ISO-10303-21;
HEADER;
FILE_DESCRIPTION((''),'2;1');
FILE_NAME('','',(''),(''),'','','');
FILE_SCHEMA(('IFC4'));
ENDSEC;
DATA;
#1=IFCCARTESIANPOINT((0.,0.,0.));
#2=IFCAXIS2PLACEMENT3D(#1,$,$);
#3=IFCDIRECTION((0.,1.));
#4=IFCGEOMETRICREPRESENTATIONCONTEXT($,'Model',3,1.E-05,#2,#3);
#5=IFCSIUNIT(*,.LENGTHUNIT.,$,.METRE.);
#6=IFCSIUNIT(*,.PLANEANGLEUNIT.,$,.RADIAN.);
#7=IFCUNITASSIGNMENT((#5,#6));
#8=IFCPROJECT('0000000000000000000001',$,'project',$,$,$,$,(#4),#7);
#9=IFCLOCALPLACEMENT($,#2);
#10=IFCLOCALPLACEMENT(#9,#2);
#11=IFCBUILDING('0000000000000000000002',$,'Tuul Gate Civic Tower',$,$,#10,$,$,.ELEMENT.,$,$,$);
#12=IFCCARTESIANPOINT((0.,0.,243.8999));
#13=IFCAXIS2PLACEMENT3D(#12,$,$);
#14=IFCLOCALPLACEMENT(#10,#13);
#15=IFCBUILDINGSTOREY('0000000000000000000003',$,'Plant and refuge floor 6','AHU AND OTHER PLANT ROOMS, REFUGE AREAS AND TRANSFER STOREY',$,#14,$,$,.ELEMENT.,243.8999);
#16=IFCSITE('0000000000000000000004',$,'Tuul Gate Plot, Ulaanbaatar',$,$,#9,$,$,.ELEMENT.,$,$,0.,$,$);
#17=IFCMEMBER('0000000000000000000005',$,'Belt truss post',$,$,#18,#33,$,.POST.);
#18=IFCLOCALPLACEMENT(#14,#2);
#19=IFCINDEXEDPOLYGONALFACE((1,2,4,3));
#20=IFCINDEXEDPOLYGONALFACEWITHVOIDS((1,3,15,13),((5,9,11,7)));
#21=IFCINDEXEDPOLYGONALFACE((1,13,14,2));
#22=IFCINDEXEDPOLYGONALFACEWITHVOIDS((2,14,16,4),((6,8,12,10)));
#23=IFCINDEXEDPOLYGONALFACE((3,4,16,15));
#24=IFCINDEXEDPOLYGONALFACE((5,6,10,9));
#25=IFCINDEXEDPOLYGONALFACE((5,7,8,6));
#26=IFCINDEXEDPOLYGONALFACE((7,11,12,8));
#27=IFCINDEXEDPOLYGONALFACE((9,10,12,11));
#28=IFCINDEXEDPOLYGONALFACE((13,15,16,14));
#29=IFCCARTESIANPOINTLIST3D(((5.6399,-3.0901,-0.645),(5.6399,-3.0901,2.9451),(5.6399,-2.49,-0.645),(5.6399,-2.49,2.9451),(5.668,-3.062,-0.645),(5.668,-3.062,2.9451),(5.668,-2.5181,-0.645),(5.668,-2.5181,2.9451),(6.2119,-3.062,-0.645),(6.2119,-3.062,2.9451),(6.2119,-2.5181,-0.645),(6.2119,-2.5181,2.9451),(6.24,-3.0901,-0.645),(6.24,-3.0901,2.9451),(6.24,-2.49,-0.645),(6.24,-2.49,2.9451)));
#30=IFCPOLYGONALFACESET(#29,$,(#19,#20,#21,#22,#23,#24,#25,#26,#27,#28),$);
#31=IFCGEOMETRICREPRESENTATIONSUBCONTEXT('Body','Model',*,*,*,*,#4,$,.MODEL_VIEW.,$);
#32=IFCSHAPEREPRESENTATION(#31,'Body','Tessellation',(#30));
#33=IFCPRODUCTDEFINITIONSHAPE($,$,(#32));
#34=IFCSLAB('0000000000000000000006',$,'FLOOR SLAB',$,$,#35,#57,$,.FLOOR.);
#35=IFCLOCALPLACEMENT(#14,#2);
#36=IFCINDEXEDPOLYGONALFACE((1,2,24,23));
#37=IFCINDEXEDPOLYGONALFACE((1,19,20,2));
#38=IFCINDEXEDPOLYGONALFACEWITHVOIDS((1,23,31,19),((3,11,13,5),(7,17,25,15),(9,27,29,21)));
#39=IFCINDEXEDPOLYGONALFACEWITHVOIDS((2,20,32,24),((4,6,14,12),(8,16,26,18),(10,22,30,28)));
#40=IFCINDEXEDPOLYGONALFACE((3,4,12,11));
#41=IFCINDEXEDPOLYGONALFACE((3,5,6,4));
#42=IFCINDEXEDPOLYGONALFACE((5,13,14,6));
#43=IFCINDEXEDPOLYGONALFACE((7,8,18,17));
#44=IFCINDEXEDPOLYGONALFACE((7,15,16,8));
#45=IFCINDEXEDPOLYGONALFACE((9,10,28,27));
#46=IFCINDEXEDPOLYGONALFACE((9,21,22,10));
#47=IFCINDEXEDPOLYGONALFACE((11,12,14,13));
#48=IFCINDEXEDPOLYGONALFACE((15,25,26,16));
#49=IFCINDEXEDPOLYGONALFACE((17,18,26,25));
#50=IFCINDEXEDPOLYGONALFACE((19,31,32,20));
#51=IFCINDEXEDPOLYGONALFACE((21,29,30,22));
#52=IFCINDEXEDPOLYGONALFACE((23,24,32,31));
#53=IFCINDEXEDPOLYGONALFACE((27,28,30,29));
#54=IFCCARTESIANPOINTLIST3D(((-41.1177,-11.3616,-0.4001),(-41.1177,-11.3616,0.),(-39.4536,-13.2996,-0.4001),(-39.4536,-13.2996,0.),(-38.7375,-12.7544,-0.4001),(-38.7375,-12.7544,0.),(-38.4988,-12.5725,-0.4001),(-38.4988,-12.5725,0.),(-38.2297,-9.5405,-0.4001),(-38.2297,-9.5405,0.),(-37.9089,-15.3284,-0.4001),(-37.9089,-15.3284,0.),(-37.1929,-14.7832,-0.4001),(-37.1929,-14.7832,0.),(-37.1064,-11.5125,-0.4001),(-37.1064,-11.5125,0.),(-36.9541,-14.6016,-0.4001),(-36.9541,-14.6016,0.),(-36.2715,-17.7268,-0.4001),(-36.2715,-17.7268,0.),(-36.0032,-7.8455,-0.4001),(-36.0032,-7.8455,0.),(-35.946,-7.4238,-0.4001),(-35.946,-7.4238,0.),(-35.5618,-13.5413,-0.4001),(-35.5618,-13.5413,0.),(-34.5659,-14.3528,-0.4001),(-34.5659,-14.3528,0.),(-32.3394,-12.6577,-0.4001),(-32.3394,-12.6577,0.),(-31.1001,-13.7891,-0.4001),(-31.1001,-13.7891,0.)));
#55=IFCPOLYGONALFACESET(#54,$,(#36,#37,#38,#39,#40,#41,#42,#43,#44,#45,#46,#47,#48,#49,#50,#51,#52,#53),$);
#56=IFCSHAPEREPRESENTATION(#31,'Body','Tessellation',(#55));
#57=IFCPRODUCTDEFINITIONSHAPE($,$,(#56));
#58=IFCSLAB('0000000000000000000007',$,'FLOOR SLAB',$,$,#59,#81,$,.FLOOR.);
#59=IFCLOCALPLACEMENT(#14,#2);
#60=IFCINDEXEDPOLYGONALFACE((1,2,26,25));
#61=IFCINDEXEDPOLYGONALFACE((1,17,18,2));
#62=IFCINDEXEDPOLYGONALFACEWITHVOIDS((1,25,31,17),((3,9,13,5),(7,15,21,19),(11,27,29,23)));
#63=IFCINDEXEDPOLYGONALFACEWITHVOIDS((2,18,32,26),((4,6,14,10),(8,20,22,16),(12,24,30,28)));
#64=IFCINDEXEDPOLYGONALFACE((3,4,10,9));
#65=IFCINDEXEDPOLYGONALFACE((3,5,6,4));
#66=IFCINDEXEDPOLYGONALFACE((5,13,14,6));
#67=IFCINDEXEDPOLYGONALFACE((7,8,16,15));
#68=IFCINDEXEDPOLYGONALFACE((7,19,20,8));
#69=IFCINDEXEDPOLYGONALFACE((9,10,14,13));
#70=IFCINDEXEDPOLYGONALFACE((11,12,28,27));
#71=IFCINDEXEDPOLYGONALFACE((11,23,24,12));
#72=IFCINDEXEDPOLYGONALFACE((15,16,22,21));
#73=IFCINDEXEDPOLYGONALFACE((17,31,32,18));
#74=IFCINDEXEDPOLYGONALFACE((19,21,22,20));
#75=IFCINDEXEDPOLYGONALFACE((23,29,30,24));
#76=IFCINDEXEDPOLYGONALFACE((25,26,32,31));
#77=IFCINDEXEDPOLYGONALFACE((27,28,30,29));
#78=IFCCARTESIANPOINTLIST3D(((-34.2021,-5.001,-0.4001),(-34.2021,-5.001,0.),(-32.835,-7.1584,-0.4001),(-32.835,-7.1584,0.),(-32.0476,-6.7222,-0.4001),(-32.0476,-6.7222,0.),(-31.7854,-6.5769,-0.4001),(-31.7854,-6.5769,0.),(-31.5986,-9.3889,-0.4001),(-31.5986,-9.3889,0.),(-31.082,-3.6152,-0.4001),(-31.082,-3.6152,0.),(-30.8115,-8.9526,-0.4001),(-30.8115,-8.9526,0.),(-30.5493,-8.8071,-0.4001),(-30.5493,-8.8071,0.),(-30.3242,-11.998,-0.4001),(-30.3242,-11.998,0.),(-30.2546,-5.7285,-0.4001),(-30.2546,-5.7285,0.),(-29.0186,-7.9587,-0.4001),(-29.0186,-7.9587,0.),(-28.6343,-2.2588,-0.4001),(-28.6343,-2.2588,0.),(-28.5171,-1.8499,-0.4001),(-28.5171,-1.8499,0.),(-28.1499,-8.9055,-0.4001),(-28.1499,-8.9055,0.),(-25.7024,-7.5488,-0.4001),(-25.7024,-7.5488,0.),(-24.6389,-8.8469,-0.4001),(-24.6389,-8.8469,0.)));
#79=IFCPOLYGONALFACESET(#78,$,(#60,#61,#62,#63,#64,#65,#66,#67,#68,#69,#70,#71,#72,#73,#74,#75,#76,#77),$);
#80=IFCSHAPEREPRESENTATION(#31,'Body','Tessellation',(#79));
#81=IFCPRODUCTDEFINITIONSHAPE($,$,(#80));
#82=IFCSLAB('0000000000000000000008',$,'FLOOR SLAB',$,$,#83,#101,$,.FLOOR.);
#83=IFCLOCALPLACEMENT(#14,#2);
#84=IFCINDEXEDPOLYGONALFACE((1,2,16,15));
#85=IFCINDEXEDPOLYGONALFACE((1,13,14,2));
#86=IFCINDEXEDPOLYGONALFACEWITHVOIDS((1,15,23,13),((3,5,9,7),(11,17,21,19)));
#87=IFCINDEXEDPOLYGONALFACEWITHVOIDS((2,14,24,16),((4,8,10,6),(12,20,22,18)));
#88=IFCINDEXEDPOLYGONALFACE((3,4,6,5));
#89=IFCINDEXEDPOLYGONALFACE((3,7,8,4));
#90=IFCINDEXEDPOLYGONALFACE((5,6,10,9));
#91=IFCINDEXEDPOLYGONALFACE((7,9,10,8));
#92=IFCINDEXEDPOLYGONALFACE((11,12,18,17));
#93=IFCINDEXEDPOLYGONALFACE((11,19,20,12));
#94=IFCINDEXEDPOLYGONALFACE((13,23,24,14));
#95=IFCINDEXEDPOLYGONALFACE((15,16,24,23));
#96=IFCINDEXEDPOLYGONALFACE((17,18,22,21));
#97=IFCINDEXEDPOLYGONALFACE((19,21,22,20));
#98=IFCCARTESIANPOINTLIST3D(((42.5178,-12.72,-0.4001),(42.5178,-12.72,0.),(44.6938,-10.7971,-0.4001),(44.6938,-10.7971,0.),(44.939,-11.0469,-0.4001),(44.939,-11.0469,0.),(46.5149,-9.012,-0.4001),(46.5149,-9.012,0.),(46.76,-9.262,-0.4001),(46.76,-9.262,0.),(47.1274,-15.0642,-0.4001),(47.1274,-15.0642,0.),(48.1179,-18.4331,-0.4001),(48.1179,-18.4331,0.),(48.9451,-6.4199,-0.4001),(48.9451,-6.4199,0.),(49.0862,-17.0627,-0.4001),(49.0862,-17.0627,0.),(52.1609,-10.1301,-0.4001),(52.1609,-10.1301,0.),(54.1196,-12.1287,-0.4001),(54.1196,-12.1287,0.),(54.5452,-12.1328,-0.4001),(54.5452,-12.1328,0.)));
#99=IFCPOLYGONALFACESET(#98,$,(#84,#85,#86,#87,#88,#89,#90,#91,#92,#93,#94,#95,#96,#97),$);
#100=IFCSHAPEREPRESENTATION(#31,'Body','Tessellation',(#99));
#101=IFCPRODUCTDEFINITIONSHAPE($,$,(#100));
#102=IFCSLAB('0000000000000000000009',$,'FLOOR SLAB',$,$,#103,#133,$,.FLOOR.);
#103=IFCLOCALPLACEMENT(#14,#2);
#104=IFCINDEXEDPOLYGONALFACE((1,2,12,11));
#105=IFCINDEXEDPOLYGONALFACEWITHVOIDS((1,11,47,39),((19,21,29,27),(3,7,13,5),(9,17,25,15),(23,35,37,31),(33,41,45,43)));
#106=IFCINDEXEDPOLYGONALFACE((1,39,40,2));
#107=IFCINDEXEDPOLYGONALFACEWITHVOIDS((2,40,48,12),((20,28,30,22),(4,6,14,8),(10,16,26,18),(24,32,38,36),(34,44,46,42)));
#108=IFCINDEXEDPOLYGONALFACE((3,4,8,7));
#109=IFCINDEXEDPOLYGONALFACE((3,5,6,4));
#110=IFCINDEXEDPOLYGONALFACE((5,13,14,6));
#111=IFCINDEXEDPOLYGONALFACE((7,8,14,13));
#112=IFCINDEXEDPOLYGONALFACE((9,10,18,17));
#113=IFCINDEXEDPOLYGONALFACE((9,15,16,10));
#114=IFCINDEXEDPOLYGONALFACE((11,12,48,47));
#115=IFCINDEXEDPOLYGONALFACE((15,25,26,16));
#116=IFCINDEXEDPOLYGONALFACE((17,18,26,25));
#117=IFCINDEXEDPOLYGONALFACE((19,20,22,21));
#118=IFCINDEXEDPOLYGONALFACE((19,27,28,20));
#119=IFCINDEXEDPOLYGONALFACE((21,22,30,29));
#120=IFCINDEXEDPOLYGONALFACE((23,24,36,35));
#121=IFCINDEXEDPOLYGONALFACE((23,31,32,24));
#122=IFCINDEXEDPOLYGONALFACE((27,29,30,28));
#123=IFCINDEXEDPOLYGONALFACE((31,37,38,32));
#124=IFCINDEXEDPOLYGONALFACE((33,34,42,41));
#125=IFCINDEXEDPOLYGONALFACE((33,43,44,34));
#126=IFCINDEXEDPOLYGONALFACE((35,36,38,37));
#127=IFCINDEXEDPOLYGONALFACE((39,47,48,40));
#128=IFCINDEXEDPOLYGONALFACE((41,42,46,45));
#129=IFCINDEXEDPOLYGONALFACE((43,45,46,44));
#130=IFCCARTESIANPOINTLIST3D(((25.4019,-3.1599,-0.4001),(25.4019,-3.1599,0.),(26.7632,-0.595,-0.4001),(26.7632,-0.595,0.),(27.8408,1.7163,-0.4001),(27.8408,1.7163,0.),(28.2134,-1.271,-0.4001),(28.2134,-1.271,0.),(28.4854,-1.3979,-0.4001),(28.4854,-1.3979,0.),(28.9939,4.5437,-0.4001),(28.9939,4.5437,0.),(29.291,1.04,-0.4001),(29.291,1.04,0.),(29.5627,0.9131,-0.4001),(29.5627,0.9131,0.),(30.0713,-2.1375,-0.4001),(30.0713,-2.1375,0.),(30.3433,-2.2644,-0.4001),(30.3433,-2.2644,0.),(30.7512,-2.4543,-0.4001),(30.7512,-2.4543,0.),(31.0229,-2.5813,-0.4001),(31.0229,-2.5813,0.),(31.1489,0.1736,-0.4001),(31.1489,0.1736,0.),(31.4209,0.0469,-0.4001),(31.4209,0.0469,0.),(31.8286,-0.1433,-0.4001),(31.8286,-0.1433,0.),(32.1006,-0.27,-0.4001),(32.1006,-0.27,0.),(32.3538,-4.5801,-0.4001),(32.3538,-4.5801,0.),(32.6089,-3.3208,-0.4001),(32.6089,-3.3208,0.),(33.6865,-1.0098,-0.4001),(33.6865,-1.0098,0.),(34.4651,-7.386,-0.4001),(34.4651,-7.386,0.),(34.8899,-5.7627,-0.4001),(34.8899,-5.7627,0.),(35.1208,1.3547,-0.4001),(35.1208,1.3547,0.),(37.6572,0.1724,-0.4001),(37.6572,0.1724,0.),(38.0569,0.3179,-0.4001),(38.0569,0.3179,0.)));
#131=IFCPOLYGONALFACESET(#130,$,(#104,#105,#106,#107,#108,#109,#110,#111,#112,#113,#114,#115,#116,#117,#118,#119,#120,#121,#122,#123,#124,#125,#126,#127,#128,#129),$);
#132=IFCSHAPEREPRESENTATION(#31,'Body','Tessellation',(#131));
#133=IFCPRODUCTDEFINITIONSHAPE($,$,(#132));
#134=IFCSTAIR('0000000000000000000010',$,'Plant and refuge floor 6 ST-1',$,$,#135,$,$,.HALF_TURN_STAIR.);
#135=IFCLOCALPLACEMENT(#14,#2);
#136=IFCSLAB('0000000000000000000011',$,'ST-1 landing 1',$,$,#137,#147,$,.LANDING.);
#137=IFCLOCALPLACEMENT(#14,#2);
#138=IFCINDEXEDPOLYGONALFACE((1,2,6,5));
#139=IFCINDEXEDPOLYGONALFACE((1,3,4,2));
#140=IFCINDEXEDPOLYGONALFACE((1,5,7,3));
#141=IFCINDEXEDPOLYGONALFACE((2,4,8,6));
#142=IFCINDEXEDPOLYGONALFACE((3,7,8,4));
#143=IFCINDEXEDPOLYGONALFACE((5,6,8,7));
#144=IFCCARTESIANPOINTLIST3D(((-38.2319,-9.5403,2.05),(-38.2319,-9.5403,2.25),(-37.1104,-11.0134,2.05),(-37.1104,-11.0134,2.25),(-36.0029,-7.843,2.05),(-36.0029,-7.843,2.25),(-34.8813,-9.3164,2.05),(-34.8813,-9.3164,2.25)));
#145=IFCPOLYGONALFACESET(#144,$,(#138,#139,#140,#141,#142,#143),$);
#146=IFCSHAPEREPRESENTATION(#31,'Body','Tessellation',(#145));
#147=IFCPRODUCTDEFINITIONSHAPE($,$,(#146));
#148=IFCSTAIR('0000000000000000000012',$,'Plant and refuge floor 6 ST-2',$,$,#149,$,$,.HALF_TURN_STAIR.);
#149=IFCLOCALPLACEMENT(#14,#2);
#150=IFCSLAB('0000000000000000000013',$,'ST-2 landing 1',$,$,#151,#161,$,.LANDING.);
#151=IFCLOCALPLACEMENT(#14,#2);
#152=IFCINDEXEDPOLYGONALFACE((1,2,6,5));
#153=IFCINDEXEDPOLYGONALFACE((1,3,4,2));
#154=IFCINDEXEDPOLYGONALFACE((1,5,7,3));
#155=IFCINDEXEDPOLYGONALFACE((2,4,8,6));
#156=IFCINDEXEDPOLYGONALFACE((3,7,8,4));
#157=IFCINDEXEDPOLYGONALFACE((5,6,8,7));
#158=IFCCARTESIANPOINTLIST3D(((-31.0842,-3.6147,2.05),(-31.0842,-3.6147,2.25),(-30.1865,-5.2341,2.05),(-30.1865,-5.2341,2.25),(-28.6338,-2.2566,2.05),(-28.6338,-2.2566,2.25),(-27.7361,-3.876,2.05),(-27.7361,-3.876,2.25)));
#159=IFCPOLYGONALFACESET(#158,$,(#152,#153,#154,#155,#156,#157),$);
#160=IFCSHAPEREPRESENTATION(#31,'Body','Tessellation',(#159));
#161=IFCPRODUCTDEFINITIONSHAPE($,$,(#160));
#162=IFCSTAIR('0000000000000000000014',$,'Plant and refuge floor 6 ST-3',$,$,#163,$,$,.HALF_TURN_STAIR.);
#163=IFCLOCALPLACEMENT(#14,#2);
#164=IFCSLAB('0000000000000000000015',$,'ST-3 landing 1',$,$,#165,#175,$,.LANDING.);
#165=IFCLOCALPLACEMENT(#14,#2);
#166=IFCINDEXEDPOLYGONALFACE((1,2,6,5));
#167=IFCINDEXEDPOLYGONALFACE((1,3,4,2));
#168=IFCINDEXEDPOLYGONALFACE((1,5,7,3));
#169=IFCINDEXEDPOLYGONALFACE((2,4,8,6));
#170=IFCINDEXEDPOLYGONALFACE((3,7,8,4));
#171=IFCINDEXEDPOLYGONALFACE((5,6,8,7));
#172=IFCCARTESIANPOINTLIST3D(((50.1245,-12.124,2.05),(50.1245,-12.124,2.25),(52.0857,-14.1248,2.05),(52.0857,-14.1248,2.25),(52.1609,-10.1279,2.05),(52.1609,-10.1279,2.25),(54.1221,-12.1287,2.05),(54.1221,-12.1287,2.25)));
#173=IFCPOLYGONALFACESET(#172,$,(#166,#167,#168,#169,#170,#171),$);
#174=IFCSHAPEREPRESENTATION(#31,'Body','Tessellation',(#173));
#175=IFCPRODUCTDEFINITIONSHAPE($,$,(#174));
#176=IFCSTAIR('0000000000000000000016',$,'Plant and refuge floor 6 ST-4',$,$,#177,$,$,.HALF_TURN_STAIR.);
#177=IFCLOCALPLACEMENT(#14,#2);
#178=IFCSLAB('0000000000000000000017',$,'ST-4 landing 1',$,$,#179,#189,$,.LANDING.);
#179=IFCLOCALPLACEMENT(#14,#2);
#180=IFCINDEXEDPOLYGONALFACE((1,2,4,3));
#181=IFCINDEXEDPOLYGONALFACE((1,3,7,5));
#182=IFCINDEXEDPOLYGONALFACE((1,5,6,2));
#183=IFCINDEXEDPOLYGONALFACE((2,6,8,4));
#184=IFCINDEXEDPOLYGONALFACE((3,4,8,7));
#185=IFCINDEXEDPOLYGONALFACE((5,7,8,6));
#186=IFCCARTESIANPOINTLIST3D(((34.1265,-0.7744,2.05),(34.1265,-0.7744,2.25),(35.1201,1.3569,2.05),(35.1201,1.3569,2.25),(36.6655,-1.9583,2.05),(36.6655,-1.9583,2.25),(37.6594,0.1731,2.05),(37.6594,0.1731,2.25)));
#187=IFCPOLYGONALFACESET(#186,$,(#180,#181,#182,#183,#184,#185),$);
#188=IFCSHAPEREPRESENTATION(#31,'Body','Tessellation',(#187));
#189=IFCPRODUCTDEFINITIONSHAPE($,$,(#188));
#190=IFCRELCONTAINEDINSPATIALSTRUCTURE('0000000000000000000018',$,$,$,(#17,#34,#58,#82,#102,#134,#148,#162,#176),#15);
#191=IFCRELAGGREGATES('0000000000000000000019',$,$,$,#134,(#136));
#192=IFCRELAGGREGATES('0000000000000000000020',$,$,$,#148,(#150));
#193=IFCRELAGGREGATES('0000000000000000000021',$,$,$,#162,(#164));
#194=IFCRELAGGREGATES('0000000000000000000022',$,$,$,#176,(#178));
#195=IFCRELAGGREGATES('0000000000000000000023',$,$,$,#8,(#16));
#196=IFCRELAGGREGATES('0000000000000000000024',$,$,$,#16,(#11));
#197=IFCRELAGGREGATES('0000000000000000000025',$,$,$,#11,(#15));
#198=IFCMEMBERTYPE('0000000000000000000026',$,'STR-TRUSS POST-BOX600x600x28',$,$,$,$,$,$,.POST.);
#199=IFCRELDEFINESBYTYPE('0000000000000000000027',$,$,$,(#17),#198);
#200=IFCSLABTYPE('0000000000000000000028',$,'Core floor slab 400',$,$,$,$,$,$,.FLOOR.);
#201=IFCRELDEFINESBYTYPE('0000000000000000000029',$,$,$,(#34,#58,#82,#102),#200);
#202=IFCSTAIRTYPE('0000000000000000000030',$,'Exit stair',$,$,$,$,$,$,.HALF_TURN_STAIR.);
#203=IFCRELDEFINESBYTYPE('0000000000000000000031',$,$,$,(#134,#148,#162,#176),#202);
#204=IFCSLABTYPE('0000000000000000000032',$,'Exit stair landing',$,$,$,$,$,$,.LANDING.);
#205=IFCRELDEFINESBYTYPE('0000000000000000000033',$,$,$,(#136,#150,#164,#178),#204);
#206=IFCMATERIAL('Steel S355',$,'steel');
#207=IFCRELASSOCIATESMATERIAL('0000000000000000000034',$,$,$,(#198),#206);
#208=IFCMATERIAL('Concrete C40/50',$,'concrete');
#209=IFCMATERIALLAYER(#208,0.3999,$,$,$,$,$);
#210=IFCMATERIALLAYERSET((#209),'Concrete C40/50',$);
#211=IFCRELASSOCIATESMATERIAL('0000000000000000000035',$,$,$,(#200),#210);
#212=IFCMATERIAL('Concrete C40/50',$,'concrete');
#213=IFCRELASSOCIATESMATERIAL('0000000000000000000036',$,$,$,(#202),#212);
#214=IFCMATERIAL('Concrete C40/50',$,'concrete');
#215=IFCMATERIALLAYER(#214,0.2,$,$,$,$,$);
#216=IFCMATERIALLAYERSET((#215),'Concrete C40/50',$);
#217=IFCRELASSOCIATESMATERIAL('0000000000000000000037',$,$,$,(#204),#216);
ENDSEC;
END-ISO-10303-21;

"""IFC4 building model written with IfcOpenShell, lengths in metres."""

from ifc_helpers import new_model, si_unit, direction, frame, origin, origin_2d, place, context, subcontext, project, spatial, polyline, hollow_rectangle, outline, extrude, material, layer, layer_set, material_profile, profile_set, type_object, element, aggregate, save


model = new_model("IFC4")

# Units and contexts
model_context = context("Model", 3, precision=1e-05, world=origin(), true_north=direction((0.0, 1.0)))
body_context = subcontext(model_context, "Body", "Model", "MODEL_VIEW")
ifc_project = project(units=[si_unit("LENGTHUNIT", "METRE"), si_unit("PLANEANGLEUNIT", "RADIAN")], contexts=[model_context])

# Site, building, storey
site_placement = place(None, origin())
site = spatial("IfcSite", under=ifc_project, at=site_placement, Name="Tuul Gate Plot, Ulaanbaatar", CompositionType="ELEMENT", RefElevation=0.0)
building_placement = place(site_placement, origin())
building = spatial("IfcBuilding", under=site, at=building_placement, Name="Tuul Gate Civic Tower", CompositionType="ELEMENT")
storey_placement = place(building_placement, frame((0.0, 0.0, 243.8999)))
storey = spatial("IfcBuildingStorey", under=building, at=storey_placement, Name="Plant and refuge floor 6", Description="AHU AND OTHER PLANT ROOMS, REFUGE AREAS AND TRANSFER STOREY", CompositionType="ELEMENT", Elevation=243.8999)

# Member
ifc_material_1 = material(Name="Steel S355", Category="steel")
ifc_material_profile_1 = material_profile(ifc_material_1, hollow_rectangle(XDim=0.6001, YDim=0.6001, WallThickness=0.0281, at=origin_2d()), Name="BOX600x600x28")
ifc_profile_set_1 = profile_set([ifc_material_profile_1], Name="Steel S355")
member_type = type_object("IfcMemberType", Name="STR-TRUSS POST-BOX600x600x28", PredefinedType="POST", material=ifc_profile_set_1)
for number, where, z_axis, x_axis, name in (
    (1, (5.9399, -2.79, -0.645), (0.0, 0.0, 1.0), (1.0, 0.0, 0.0), "Belt truss post"),
):
    element("IfcMember", number, at=place(storey_placement, frame(where, z_axis=z_axis, x_axis=x_axis)), inside=storey, type_object=member_type, Name=name, PredefinedType="POST", context=body_context, shape_type="SweptSolid", body=[
        extrude(hollow_rectangle(XDim=0.6001, YDim=0.6001, WallThickness=0.0281, at=origin_2d()), origin(), (0.0, 0.0, 1.0), 3.5901),
    ])

# Slabs
ifc_material_2 = material(Name="Concrete C40/50", Category="concrete")
ifc_layer_1 = layer(ifc_material_2, 0.3999)
ifc_layer_set_1 = layer_set([ifc_layer_1], Name="Concrete C40/50")
slab_type_1 = type_object("IfcSlabType", Name="Core floor slab 400", PredefinedType="FLOOR", material=ifc_layer_set_1)
slab_1_placement = place(storey_placement, frame((0.0, 0.0, -0.4001)))
element("IfcSlab", 2, at=slab_1_placement, inside=storey, type_object=slab_type_1, Name="FLOOR SLAB", PredefinedType="FLOOR", context=body_context, shape_type="SweptSolid", body=[
    extrude(outline(polyline([(-31.1001, -13.7891), (-35.946, -7.4238), (-41.1177, -11.3616), (-36.2715, -17.7268), (-31.1001, -13.7891)]), holes=[polyline([(-35.5618, -13.5413), (-37.1064, -11.5125), (-38.4988, -12.5725), (-36.9541, -14.6016), (-35.5618, -13.5413)]), polyline([(-37.1929, -14.7832), (-38.7375, -12.7544), (-39.4536, -13.2996), (-37.9089, -15.3284), (-37.1929, -14.7832)]), polyline([(-32.3394, -12.6577), (-34.5659, -14.3528), (-38.2297, -9.5405), (-36.0032, -7.8455), (-32.3394, -12.6577)])]), origin(), (0.0, 0.0, 1.0), 0.4001),
])
slab_2_placement = place(storey_placement, frame((0.0, 0.0, -0.4001)))
element("IfcSlab", 3, at=slab_2_placement, inside=storey, type_object=slab_type_1, Name="FLOOR SLAB", PredefinedType="FLOOR", context=body_context, shape_type="SweptSolid", body=[
    extrude(outline(polyline([(-24.6389, -8.8469), (-28.5171, -1.8499), (-34.2021, -5.001), (-30.3242, -11.998), (-24.6389, -8.8469)]), holes=[polyline([(-29.0186, -7.9587), (-30.2546, -5.7285), (-31.7854, -6.5769), (-30.5493, -8.8071), (-29.0186, -7.9587)]), polyline([(-30.8115, -8.9526), (-32.0476, -6.7222), (-32.835, -7.1584), (-31.5986, -9.3889), (-30.8115, -8.9526)]), polyline([(-25.7024, -7.5488), (-28.1499, -8.9055), (-31.082, -3.6152), (-28.6343, -2.2588), (-25.7024, -7.5488)])]), origin(), (0.0, 0.0, 1.0), 0.4001),
])
slab_3_placement = place(storey_placement, frame((0.0, 0.0, -0.4001)))
element("IfcSlab", 4, at=slab_3_placement, inside=storey, type_object=slab_type_1, Name="FLOOR SLAB", PredefinedType="FLOOR", context=body_context, shape_type="SweptSolid", body=[
    extrude(outline(polyline([(48.1179, -18.4331), (54.5452, -12.1328), (48.9451, -6.4199), (42.5178, -12.72), (48.1179, -18.4331)]), holes=[polyline([(44.939, -11.0469), (46.76, -9.262), (46.5149, -9.012), (44.6938, -10.7971), (44.939, -11.0469)]), polyline([(49.0862, -17.0627), (47.1274, -15.0642), (52.1609, -10.1301), (54.1196, -12.1287), (49.0862, -17.0627)])]), origin(), (0.0, 0.0, 1.0), 0.4001),
])
slab_4_placement = place(storey_placement, frame((0.0, 0.0, -0.4001)))
element("IfcSlab", 5, at=slab_4_placement, inside=storey, type_object=slab_type_1, Name="FLOOR SLAB", PredefinedType="FLOOR", context=body_context, shape_type="SweptSolid", body=[
    extrude(outline(polyline([(34.4651, -7.386), (38.0569, 0.3179), (28.9939, 4.5437), (25.4019, -3.1599), (34.4651, -7.386)]), holes=[polyline([(32.6089, -3.3208), (33.6865, -1.0098), (32.1006, -0.27), (31.0229, -2.5813), (32.6089, -3.3208)]), polyline([(30.0713, -2.1375), (31.1489, 0.1736), (29.5627, 0.9131), (28.4854, -1.3979), (30.0713, -2.1375)]), polyline([(30.7512, -2.4543), (31.8286, -0.1433), (31.4209, 0.0469), (30.3433, -2.2644), (30.7512, -2.4543)]), polyline([(28.2134, -1.271), (29.291, 1.04), (27.8408, 1.7163), (26.7632, -0.595), (28.2134, -1.271)]), polyline([(34.8899, -5.7627), (32.3538, -4.5801), (35.1208, 1.3547), (37.6572, 0.1724), (34.8899, -5.7627)])]), origin(), (0.0, 0.0, 1.0), 0.4001),
])

# Stairs, slabs
ifc_material_3 = material(Name="Concrete C40/50", Category="concrete")
stair_type = type_object("IfcStairType", Name="Exit stair", PredefinedType="HALF_TURN_STAIR", material=ifc_material_3)
stair_1_placement = place(storey_placement, origin())
stair_1 = element("IfcStair", 6, at=stair_1_placement, inside=storey, type_object=stair_type, Name="Plant and refuge floor 6 ST-1", PredefinedType="HALF_TURN_STAIR")
ifc_material_4 = material(Name="Concrete C40/50", Category="concrete")
ifc_layer_2 = layer(ifc_material_4, 0.2)
ifc_layer_set_2 = layer_set([ifc_layer_2], Name="Concrete C40/50")
slab_type_2 = type_object("IfcSlabType", Name="Exit stair landing", PredefinedType="LANDING", material=ifc_layer_set_2)
slab_5_placement = place(storey_placement, frame((0.0, 0.0, 2.05)))
slab_5 = element("IfcSlab", 7, at=slab_5_placement, type_object=slab_type_2, Name="ST-1 landing 1", PredefinedType="LANDING", context=body_context, shape_type="SweptSolid", body=[
    extrude(outline(polyline([(-34.8813, -9.3164), (-37.1104, -11.0134), (-38.2319, -9.5403), (-36.0029, -7.843), (-34.8813, -9.3164)])), origin(), (0.0, 0.0, 1.0), 0.2),
])
aggregate(stair_1, [slab_5])
stair_2_placement = place(storey_placement, origin())
stair_2 = element("IfcStair", 8, at=stair_2_placement, inside=storey, type_object=stair_type, Name="Plant and refuge floor 6 ST-2", PredefinedType="HALF_TURN_STAIR")
slab_6_placement = place(storey_placement, frame((0.0, 0.0, 2.05)))
slab_6 = element("IfcSlab", 9, at=slab_6_placement, type_object=slab_type_2, Name="ST-2 landing 1", PredefinedType="LANDING", context=body_context, shape_type="SweptSolid", body=[
    extrude(outline(polyline([(-27.7361, -3.876), (-30.1865, -5.2341), (-31.0842, -3.6147), (-28.6338, -2.2566), (-27.7361, -3.876)])), origin(), (0.0, 0.0, 1.0), 0.2),
])
aggregate(stair_2, [slab_6])
stair_3_placement = place(storey_placement, origin())
stair_3 = element("IfcStair", 10, at=stair_3_placement, inside=storey, type_object=stair_type, Name="Plant and refuge floor 6 ST-3", PredefinedType="HALF_TURN_STAIR")
slab_7_placement = place(storey_placement, frame((0.0, 0.0, 2.05)))
slab_7 = element("IfcSlab", 11, at=slab_7_placement, type_object=slab_type_2, Name="ST-3 landing 1", PredefinedType="LANDING", context=body_context, shape_type="SweptSolid", body=[
    extrude(outline(polyline([(52.0857, -14.1248), (50.1245, -12.124), (52.1609, -10.1279), (54.1221, -12.1287), (52.0857, -14.1248)])), origin(), (0.0, 0.0, 1.0), 0.2),
])
aggregate(stair_3, [slab_7])
stair_4_placement = place(storey_placement, origin())
stair_4 = element("IfcStair", 12, at=stair_4_placement, inside=storey, type_object=stair_type, Name="Plant and refuge floor 6 ST-4", PredefinedType="HALF_TURN_STAIR")
slab_8_placement = place(storey_placement, frame((0.0, 0.0, 2.05)))
slab_8 = element("IfcSlab", 13, at=slab_8_placement, type_object=slab_type_2, Name="ST-4 landing 1", PredefinedType="LANDING", context=body_context, shape_type="SweptSolid", body=[
    extrude(outline(polyline([(36.6655, -1.9583), (34.1265, -0.7744), (35.1201, 1.3569), (37.6594, 0.1731), (36.6655, -1.9583)])), origin(), (0.0, 0.0, 1.0), 0.2),
])
aggregate(stair_4, [slab_8])

save(model, "model.ifc")
